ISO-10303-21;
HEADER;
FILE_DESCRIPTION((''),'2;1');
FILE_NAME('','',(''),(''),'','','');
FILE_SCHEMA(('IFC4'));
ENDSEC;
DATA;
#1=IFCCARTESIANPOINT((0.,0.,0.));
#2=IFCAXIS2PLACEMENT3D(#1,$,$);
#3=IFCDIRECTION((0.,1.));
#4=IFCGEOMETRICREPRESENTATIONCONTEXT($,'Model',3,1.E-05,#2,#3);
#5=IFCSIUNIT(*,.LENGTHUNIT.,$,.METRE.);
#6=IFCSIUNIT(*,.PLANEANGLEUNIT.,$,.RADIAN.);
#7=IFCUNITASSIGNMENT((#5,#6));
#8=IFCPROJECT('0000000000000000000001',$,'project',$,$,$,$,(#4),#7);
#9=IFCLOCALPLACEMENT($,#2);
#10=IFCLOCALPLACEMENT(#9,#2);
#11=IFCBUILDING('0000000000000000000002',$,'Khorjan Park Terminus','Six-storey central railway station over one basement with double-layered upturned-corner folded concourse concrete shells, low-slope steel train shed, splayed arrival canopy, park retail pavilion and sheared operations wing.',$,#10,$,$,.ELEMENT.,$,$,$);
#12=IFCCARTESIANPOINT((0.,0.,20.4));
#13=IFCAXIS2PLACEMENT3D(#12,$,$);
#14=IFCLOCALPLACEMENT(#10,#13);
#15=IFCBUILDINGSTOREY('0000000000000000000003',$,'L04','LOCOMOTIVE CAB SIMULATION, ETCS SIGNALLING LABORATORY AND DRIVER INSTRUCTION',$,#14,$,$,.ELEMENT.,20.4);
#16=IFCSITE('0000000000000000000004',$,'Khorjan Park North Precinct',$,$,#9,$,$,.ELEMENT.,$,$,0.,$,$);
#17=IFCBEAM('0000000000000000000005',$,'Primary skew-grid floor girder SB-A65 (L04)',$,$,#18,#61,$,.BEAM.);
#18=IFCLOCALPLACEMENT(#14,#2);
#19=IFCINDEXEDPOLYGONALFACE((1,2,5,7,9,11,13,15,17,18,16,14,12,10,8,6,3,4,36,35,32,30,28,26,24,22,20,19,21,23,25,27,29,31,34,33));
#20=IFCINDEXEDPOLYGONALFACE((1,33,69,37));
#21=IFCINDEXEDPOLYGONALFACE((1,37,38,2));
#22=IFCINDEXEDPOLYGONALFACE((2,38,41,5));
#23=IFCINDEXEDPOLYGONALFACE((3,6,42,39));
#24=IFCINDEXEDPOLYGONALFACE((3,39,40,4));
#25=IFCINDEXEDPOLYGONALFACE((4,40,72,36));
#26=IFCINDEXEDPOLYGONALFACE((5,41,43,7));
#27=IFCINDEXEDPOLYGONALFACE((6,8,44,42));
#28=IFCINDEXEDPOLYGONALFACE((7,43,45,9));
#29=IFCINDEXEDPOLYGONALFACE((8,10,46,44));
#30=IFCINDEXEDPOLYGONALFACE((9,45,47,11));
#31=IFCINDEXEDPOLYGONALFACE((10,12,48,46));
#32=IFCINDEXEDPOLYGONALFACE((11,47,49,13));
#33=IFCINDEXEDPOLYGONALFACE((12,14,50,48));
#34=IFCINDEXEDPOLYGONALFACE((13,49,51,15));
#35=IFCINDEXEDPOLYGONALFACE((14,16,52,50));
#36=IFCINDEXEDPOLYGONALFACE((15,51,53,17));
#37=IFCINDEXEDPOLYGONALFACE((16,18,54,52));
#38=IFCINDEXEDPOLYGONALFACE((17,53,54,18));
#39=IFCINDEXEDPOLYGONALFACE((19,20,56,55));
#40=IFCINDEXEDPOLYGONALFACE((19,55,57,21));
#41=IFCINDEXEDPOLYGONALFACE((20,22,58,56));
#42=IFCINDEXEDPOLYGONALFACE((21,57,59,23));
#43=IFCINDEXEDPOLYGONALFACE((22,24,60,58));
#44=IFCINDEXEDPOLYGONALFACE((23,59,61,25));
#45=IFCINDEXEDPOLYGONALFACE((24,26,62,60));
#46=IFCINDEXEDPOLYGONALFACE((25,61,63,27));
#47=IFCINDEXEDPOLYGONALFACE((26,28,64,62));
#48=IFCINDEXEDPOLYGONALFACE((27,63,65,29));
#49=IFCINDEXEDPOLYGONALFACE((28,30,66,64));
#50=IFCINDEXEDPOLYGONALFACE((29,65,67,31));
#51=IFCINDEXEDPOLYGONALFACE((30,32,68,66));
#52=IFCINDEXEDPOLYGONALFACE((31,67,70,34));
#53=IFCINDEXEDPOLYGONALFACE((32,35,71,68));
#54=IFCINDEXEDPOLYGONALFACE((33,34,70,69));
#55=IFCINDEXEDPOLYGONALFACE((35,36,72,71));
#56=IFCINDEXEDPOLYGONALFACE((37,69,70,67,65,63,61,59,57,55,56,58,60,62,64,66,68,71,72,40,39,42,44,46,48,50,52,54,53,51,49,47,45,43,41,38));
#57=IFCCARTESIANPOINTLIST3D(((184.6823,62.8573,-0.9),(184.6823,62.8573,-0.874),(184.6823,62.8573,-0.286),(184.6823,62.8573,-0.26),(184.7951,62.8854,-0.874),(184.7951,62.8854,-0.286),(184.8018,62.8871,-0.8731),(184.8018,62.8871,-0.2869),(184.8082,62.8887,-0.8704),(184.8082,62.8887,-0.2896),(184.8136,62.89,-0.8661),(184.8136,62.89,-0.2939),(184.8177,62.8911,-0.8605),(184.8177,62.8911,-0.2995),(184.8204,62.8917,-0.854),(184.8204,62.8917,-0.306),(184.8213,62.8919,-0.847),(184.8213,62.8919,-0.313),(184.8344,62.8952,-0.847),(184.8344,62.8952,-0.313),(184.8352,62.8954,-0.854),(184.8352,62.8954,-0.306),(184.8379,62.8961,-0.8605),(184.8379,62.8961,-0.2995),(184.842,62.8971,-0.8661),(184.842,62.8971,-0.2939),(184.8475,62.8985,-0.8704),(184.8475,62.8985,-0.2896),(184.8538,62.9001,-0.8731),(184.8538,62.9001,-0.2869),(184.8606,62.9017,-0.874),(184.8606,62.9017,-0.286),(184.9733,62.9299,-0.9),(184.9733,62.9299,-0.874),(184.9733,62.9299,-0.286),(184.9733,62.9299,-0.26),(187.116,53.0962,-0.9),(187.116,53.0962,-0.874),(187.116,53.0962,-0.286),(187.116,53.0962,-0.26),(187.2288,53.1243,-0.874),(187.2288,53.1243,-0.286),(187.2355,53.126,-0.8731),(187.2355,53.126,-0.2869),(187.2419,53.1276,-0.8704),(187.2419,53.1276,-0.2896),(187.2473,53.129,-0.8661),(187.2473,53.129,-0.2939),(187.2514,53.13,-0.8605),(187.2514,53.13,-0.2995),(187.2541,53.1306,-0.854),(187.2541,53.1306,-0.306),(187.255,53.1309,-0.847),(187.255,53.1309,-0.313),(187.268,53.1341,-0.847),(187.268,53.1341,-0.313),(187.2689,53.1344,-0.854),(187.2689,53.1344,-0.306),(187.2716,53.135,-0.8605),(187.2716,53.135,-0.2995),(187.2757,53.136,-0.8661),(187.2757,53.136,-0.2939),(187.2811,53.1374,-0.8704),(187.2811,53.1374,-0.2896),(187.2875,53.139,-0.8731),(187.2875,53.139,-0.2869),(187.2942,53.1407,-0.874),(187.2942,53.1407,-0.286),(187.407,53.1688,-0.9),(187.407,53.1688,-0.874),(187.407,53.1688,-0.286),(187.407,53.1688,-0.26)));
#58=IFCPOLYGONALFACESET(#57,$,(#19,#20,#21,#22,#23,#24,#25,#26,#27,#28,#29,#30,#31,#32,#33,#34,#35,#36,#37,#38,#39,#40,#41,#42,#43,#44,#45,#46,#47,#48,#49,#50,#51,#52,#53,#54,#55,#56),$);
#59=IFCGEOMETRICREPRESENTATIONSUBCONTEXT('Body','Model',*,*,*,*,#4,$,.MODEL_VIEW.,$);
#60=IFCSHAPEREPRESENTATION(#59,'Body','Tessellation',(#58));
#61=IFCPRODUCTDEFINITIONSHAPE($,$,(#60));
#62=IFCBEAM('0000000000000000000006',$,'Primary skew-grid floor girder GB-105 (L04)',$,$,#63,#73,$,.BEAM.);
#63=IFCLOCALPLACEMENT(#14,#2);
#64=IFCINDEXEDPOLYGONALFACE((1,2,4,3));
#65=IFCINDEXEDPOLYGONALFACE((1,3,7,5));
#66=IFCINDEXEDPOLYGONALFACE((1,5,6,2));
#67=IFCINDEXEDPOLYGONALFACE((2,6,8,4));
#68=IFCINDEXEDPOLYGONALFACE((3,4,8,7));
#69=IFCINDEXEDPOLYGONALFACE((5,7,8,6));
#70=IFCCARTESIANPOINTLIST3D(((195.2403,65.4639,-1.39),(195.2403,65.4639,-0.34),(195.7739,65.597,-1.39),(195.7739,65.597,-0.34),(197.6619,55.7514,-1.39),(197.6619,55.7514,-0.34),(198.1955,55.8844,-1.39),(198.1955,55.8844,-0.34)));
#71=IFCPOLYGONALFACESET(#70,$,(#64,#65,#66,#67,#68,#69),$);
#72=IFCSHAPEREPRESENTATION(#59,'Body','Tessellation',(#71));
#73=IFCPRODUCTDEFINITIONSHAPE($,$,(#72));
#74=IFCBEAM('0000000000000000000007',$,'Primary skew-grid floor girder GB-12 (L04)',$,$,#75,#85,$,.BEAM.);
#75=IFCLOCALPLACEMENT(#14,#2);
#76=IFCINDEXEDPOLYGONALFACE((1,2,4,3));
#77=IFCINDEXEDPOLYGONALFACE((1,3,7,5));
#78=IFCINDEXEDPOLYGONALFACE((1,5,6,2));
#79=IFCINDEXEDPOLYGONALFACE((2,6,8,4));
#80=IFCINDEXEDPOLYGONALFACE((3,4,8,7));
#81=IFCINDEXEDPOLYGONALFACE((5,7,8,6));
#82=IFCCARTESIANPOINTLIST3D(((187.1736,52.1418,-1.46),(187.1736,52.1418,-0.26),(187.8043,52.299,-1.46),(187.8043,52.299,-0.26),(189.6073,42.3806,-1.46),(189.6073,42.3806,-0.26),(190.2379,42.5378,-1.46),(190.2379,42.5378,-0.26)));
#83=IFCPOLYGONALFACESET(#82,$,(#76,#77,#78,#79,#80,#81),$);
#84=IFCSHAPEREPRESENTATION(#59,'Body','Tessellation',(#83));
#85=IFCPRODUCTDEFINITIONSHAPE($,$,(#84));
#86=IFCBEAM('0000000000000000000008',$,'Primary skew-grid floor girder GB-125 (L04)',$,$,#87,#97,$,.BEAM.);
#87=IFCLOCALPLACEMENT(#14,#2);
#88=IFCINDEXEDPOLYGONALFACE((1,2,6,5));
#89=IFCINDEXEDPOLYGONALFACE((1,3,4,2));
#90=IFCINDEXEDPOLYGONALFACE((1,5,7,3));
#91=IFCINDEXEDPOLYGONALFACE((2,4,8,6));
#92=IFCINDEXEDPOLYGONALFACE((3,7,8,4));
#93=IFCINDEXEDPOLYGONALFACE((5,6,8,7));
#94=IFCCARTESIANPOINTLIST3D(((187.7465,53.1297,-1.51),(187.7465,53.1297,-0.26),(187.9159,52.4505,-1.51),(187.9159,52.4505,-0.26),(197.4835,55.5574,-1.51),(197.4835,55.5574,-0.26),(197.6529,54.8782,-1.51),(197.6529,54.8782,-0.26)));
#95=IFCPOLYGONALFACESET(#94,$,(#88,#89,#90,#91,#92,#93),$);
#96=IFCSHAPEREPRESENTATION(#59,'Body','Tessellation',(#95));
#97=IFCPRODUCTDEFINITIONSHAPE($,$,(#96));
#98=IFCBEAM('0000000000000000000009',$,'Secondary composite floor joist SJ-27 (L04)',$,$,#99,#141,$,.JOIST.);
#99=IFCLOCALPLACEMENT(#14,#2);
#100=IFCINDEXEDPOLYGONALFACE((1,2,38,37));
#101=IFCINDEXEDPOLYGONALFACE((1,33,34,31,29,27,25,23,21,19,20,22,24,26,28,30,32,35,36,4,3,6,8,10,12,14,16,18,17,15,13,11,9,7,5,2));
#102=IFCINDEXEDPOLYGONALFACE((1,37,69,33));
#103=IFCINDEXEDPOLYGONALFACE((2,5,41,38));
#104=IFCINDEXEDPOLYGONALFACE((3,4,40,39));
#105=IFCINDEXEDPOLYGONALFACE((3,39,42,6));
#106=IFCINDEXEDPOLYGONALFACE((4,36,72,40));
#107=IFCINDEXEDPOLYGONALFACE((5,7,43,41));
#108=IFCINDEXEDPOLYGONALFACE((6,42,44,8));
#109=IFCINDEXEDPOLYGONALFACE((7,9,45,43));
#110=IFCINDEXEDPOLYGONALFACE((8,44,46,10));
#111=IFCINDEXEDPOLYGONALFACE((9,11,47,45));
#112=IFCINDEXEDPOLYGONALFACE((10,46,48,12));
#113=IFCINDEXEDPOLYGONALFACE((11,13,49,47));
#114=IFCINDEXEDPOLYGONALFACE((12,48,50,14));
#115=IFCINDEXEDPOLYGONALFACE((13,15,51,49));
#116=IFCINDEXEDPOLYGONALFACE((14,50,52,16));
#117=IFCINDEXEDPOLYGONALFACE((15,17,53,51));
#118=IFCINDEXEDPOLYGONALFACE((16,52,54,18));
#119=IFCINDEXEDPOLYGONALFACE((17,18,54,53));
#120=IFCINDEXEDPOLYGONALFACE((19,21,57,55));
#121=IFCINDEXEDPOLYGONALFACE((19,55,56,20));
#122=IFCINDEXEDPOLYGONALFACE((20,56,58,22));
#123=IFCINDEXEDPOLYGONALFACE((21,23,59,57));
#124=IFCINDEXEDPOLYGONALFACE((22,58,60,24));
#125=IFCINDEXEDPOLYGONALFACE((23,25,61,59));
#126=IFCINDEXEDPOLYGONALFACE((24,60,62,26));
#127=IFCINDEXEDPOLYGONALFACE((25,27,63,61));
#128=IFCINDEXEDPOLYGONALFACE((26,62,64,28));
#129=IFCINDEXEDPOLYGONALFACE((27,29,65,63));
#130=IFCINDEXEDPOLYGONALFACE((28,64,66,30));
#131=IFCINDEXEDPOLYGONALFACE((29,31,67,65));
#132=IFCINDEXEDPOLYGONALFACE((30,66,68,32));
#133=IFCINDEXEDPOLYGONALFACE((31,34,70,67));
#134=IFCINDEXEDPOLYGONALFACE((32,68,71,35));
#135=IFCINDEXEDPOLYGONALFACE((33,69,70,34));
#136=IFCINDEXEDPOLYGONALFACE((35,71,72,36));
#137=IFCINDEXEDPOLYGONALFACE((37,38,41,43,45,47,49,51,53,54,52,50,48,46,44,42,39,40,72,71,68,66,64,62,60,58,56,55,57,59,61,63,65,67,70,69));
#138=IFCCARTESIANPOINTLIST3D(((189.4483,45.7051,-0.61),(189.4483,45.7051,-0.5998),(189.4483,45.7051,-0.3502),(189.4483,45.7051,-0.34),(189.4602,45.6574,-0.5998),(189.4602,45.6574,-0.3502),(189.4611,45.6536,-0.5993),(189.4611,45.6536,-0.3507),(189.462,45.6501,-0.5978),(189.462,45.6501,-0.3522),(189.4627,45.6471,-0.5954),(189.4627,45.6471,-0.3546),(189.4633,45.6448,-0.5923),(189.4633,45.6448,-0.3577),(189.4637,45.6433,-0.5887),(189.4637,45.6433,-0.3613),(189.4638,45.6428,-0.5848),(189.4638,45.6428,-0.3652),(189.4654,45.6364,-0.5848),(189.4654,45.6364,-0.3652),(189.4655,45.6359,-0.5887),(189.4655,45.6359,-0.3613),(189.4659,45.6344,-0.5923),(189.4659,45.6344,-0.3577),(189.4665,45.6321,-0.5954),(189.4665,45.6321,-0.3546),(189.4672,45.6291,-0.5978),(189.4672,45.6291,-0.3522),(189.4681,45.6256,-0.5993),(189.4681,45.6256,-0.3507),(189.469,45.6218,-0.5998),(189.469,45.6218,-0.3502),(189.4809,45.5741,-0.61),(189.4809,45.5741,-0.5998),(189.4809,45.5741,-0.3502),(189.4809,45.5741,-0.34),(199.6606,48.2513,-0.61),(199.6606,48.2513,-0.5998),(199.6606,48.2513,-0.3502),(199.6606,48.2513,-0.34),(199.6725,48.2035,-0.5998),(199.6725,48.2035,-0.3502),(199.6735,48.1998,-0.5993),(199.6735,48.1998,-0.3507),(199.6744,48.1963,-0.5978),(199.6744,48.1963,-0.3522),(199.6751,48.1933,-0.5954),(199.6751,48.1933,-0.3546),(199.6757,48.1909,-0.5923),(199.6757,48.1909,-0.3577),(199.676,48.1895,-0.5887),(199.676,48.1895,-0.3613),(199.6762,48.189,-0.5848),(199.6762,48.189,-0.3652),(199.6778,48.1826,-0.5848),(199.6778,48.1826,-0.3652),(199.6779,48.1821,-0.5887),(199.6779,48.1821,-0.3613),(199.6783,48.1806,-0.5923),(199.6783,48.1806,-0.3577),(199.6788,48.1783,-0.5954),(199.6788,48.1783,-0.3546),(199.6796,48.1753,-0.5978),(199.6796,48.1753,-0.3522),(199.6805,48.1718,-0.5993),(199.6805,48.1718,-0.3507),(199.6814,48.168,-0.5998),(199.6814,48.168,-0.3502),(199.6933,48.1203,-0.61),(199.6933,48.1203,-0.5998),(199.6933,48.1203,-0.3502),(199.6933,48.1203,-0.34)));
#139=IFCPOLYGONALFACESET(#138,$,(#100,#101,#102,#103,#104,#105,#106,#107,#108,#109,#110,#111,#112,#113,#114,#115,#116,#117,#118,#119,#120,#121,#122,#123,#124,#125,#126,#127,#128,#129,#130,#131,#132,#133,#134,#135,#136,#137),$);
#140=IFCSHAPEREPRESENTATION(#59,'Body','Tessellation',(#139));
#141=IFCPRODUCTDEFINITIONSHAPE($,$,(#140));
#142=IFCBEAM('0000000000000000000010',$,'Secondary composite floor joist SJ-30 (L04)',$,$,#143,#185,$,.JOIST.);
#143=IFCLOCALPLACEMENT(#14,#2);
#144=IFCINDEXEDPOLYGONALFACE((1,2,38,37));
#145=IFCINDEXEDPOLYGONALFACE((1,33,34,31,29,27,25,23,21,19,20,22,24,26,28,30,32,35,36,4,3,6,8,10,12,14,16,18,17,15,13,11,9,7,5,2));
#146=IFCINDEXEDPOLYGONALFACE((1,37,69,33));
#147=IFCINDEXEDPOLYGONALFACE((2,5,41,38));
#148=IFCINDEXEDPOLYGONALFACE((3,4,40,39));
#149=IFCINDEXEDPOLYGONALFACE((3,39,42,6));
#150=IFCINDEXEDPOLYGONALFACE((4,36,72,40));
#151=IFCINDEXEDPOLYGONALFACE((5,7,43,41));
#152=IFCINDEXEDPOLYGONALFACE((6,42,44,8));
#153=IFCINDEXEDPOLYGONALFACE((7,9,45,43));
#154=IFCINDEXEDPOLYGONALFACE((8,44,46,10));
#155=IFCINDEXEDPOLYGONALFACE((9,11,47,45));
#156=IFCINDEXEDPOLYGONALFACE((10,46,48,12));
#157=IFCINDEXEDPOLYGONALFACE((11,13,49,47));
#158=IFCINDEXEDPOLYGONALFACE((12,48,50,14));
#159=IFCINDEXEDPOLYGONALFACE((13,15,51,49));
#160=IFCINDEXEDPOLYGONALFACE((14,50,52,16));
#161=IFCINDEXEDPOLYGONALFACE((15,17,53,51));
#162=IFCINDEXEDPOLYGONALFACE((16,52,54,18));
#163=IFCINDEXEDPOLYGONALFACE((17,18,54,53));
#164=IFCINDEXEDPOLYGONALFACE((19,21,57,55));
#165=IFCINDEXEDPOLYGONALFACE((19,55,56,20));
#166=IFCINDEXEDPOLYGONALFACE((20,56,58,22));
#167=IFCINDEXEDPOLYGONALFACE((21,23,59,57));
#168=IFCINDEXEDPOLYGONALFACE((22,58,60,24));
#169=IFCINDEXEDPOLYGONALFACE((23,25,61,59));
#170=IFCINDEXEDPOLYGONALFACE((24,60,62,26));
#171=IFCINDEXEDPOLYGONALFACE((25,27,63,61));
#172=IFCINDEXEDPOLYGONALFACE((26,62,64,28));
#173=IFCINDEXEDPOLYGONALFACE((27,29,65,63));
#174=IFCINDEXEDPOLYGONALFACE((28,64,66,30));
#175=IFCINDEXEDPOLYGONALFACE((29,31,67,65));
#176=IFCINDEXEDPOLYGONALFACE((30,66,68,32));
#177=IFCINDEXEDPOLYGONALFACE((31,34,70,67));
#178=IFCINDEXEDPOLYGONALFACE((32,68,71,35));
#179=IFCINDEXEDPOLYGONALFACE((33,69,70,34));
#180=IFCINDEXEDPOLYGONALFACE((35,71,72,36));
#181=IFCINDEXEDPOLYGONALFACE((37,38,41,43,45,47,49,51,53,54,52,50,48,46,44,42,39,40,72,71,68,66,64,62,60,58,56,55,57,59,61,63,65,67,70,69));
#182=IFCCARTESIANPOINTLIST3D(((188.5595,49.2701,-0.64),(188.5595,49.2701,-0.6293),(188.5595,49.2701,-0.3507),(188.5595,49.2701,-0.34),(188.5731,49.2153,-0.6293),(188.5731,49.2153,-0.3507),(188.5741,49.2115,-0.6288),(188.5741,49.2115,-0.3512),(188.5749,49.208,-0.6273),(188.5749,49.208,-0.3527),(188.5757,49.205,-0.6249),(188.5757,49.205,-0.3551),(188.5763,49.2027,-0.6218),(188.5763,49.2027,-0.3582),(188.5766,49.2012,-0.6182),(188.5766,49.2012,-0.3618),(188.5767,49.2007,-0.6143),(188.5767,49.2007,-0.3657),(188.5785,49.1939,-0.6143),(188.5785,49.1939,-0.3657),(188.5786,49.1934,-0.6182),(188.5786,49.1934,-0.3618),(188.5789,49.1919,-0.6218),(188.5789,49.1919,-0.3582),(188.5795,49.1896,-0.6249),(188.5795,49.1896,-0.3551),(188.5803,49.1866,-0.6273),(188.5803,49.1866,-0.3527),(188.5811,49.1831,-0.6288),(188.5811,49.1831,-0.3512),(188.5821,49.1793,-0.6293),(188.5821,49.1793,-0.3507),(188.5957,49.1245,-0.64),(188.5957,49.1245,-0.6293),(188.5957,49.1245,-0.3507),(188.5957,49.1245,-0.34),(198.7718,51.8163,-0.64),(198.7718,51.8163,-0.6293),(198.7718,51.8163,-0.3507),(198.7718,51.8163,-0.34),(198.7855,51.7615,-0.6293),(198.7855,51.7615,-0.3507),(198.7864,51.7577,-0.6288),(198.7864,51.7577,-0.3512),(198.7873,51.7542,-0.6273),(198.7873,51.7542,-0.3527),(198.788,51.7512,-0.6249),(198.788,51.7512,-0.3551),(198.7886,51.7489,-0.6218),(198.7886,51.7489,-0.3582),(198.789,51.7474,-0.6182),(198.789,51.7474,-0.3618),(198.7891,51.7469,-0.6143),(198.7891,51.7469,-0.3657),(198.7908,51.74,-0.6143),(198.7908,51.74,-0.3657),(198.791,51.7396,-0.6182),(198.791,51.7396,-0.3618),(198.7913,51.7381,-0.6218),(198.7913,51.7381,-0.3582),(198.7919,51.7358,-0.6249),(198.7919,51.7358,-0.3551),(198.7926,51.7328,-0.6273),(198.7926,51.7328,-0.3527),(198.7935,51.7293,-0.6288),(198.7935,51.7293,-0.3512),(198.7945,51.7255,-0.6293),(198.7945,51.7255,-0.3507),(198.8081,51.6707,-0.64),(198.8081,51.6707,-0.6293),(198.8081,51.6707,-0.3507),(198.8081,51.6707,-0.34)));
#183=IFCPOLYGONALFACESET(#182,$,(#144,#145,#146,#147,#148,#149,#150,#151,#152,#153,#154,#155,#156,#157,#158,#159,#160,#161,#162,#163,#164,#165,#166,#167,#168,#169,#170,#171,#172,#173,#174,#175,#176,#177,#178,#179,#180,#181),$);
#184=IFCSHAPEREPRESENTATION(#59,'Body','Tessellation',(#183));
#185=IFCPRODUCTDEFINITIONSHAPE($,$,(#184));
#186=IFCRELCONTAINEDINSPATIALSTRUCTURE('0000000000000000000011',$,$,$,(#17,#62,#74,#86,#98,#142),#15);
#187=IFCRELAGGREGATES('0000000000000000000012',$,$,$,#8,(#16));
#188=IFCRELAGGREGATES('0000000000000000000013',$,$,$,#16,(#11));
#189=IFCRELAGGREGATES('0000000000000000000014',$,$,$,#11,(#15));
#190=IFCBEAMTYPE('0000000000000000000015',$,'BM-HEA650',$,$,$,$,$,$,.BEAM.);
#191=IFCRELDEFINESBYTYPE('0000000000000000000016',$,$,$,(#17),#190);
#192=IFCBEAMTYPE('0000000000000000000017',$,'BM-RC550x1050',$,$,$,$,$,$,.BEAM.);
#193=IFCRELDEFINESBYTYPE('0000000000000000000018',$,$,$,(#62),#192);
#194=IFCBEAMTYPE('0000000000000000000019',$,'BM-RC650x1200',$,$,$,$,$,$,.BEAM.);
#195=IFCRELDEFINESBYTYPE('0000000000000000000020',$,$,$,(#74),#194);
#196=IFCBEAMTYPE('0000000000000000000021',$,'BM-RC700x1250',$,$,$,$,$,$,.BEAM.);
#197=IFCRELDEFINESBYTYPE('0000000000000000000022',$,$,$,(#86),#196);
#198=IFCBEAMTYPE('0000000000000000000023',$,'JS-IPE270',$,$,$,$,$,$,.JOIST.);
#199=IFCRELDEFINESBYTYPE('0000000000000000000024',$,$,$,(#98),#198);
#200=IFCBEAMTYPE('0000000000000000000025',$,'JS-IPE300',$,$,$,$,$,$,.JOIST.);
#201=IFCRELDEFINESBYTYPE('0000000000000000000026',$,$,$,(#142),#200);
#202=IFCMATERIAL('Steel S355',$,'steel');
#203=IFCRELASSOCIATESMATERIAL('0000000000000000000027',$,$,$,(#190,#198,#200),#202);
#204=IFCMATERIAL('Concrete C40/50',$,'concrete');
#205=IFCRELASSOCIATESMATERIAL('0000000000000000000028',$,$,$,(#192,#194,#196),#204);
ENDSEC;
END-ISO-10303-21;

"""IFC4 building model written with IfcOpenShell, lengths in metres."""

from ifc_helpers import new_model, si_unit, direction, frame, origin, origin_2d, place, context, subcontext, project, spatial, rectangle, i_section, extrude, material, material_profile, profile_set, type_object, element, save


model = new_model("IFC4")

# Units and contexts
model_context = context("Model", 3, precision=1e-05, world=origin(), true_north=direction((0.0, 1.0)))
body_context = subcontext(model_context, "Body", "Model", "MODEL_VIEW")
ifc_project = project(units=[si_unit("LENGTHUNIT", "METRE"), si_unit("PLANEANGLEUNIT", "RADIAN")], contexts=[model_context])

# Site, building, storey
site_placement = place(None, origin())
site = spatial("IfcSite", under=ifc_project, at=site_placement, Name="Khorjan Park North Precinct", CompositionType="ELEMENT", RefElevation=0.0)
building_placement = place(site_placement, origin())
building = spatial("IfcBuilding", under=site, at=building_placement, Name="Khorjan Park Terminus", Description="Six-storey central railway station over one basement with double-layered upturned-corner folded concourse concrete shells, low-slope steel train shed, splayed arrival canopy, park retail pavilion and sheared operations wing.", CompositionType="ELEMENT")
storey_placement = place(building_placement, frame((0.0, 0.0, 20.4)))
storey = spatial("IfcBuildingStorey", under=building, at=storey_placement, Name="L04", Description="LOCOMOTIVE CAB SIMULATION, ETCS SIGNALLING LABORATORY AND DRIVER INSTRUCTION", CompositionType="ELEMENT", Elevation=20.4)

# Beams
ifc_material_1 = material(Name="Steel S355", Category="steel")
ifc_material_profile_1 = material_profile(ifc_material_1, i_section(OverallWidth=0.3, OverallDepth=0.64, WebThickness=0.0135, FlangeThickness=0.026, FilletRadius=0.027, at=origin_2d()), Name="HEA 650")
ifc_profile_set_1 = profile_set([ifc_material_profile_1], Name="Steel S355")
beam_type_1 = type_object("IfcBeamType", Name="BM-HEA650", PredefinedType="BEAM", material=ifc_profile_set_1)
beam_1_placement = place(storey_placement, frame((187.2615, 53.1325, -0.58), z_axis=(-0.24192, 0.970296, 0.0), x_axis=(-0.970296, -0.24192, 0.0)))
element("IfcBeam", 1, at=beam_1_placement, inside=storey, type_object=beam_type_1, Name="Primary skew-grid floor girder SB-A65 (L04)", PredefinedType="BEAM", context=body_context, shape_type="SweptSolid", body=[
    extrude(i_section(OverallWidth=0.3, OverallDepth=0.64, WebThickness=0.0135, FlangeThickness=0.026, FilletRadius=0.027, at=origin_2d()), origin(), (0.0, 0.0, 1.0), 10.0599),
])
ifc_material_2 = material(Name="Concrete C40/50", Category="concrete")
ifc_material_profile_2 = material_profile(ifc_material_2, rectangle(XDim=0.55, YDim=1.05, at=origin_2d()), Name="RC 550x1050")
ifc_profile_set_2 = profile_set([ifc_material_profile_2], Name="Concrete C40/50")
beam_type_2 = type_object("IfcBeamType", Name="BM-RC550x1050", PredefinedType="BEAM", material=ifc_profile_set_2)
beam_2_placement = place(storey_placement, frame((197.9287, 55.8179, -0.865), z_axis=(-0.24192, 0.970296, 0.0), x_axis=(-0.970296, -0.24192, 0.0)))
element("IfcBeam", 2, at=beam_2_placement, inside=storey, type_object=beam_type_2, Name="Primary skew-grid floor girder GB-105 (L04)", PredefinedType="BEAM", context=body_context, shape_type="SweptSolid", body=[
    extrude(rectangle(XDim=0.55, YDim=1.05, at=origin_2d()), origin(), (0.0, 0.0, 1.0), 10.0099),
])
ifc_material_profile_3 = material_profile(ifc_material_2, rectangle(XDim=0.65, YDim=1.2, at=origin_2d()), Name="RC 650x1200")
ifc_profile_set_3 = profile_set([ifc_material_profile_3], Name="Concrete C40/50")
beam_type_3 = type_object("IfcBeamType", Name="BM-RC650x1200", PredefinedType="BEAM", material=ifc_profile_set_3)
beam_3_placement = place(storey_placement, frame((189.9226, 42.4592, -0.86), z_axis=(-0.241918, 0.970297, 0.0), x_axis=(-0.970297, -0.241918, 0.0)))
element("IfcBeam", 3, at=beam_3_placement, inside=storey, type_object=beam_type_3, Name="Primary skew-grid floor girder GB-12 (L04)", PredefinedType="BEAM", context=body_context, shape_type="SweptSolid", body=[
    extrude(rectangle(XDim=0.65, YDim=1.2, at=origin_2d()), origin(), (0.0, 0.0, 1.0), 10.06),
])
ifc_material_profile_4 = material_profile(ifc_material_2, rectangle(XDim=0.7, YDim=1.25, at=origin_2d()), Name="RC 700x1250")
ifc_profile_set_4 = profile_set([ifc_material_profile_4], Name="Concrete C40/50")
beam_type_4 = type_object("IfcBeamType", Name="BM-RC700x1250", PredefinedType="BEAM", material=ifc_profile_set_4)
beam_4_placement = place(storey_placement, frame((187.8312, 52.7901, -0.885), z_axis=(0.970296, 0.241921, 0.0), x_axis=(-0.241921, 0.970296, 0.0)))
element("IfcBeam", 4, at=beam_4_placement, inside=storey, type_object=beam_type_4, Name="Primary skew-grid floor girder GB-125 (L04)", PredefinedType="BEAM", context=body_context, shape_type="SweptSolid", body=[
    extrude(rectangle(XDim=0.7, YDim=1.25, at=origin_2d()), origin(), (0.0, 0.0, 1.0), 10.0351),
])
ifc_material_profile_5 = material_profile(ifc_material_1, i_section(OverallWidth=0.135, OverallDepth=0.27, WebThickness=0.0066, FlangeThickness=0.0102, FilletRadius=0.015, at=origin_2d()), Name="IPE 270")
ifc_profile_set_5 = profile_set([ifc_material_profile_5], Name="Steel S355")
beam_type_5 = type_object("IfcBeamType", Name="JS-IPE270", PredefinedType="JOIST", material=ifc_profile_set_5)
beam_5_placement = place(storey_placement, frame((189.4646, 45.6396, -0.475), z_axis=(0.970297, 0.241919, 0.0), x_axis=(-0.241919, 0.970297, 0.0)))
element("IfcBeam", 5, at=beam_5_placement, inside=storey, type_object=beam_type_5, Name="Secondary composite floor joist SJ-27 (L04)", PredefinedType="JOIST", context=body_context, shape_type="SweptSolid", body=[
    extrude(i_section(OverallWidth=0.135, OverallDepth=0.27, WebThickness=0.0066, FlangeThickness=0.0102, FilletRadius=0.015, at=origin_2d()), origin(), (0.0, 0.0, 1.0), 10.525),
])
ifc_material_profile_6 = material_profile(ifc_material_1, i_section(OverallWidth=0.15, OverallDepth=0.3, WebThickness=0.0071, FlangeThickness=0.0107, FilletRadius=0.015, at=origin_2d()), Name="IPE 300")
ifc_profile_set_6 = profile_set([ifc_material_profile_6], Name="Steel S355")
beam_type_6 = type_object("IfcBeamType", Name="JS-IPE300", PredefinedType="JOIST", material=ifc_profile_set_6)
beam_6_placement = place(storey_placement, frame((188.5776, 49.1973, -0.49), z_axis=(0.970297, 0.241919, 0.0), x_axis=(-0.241919, 0.970297, 0.0)))
element("IfcBeam", 6, at=beam_6_placement, inside=storey, type_object=beam_type_6, Name="Secondary composite floor joist SJ-30 (L04)", PredefinedType="JOIST", context=body_context, shape_type="SweptSolid", body=[
    extrude(i_section(OverallWidth=0.15, OverallDepth=0.3, WebThickness=0.0071, FlangeThickness=0.0107, FilletRadius=0.015, at=origin_2d()), origin(), (0.0, 0.0, 1.0), 10.525),
])

save(model, "model.ifc")
